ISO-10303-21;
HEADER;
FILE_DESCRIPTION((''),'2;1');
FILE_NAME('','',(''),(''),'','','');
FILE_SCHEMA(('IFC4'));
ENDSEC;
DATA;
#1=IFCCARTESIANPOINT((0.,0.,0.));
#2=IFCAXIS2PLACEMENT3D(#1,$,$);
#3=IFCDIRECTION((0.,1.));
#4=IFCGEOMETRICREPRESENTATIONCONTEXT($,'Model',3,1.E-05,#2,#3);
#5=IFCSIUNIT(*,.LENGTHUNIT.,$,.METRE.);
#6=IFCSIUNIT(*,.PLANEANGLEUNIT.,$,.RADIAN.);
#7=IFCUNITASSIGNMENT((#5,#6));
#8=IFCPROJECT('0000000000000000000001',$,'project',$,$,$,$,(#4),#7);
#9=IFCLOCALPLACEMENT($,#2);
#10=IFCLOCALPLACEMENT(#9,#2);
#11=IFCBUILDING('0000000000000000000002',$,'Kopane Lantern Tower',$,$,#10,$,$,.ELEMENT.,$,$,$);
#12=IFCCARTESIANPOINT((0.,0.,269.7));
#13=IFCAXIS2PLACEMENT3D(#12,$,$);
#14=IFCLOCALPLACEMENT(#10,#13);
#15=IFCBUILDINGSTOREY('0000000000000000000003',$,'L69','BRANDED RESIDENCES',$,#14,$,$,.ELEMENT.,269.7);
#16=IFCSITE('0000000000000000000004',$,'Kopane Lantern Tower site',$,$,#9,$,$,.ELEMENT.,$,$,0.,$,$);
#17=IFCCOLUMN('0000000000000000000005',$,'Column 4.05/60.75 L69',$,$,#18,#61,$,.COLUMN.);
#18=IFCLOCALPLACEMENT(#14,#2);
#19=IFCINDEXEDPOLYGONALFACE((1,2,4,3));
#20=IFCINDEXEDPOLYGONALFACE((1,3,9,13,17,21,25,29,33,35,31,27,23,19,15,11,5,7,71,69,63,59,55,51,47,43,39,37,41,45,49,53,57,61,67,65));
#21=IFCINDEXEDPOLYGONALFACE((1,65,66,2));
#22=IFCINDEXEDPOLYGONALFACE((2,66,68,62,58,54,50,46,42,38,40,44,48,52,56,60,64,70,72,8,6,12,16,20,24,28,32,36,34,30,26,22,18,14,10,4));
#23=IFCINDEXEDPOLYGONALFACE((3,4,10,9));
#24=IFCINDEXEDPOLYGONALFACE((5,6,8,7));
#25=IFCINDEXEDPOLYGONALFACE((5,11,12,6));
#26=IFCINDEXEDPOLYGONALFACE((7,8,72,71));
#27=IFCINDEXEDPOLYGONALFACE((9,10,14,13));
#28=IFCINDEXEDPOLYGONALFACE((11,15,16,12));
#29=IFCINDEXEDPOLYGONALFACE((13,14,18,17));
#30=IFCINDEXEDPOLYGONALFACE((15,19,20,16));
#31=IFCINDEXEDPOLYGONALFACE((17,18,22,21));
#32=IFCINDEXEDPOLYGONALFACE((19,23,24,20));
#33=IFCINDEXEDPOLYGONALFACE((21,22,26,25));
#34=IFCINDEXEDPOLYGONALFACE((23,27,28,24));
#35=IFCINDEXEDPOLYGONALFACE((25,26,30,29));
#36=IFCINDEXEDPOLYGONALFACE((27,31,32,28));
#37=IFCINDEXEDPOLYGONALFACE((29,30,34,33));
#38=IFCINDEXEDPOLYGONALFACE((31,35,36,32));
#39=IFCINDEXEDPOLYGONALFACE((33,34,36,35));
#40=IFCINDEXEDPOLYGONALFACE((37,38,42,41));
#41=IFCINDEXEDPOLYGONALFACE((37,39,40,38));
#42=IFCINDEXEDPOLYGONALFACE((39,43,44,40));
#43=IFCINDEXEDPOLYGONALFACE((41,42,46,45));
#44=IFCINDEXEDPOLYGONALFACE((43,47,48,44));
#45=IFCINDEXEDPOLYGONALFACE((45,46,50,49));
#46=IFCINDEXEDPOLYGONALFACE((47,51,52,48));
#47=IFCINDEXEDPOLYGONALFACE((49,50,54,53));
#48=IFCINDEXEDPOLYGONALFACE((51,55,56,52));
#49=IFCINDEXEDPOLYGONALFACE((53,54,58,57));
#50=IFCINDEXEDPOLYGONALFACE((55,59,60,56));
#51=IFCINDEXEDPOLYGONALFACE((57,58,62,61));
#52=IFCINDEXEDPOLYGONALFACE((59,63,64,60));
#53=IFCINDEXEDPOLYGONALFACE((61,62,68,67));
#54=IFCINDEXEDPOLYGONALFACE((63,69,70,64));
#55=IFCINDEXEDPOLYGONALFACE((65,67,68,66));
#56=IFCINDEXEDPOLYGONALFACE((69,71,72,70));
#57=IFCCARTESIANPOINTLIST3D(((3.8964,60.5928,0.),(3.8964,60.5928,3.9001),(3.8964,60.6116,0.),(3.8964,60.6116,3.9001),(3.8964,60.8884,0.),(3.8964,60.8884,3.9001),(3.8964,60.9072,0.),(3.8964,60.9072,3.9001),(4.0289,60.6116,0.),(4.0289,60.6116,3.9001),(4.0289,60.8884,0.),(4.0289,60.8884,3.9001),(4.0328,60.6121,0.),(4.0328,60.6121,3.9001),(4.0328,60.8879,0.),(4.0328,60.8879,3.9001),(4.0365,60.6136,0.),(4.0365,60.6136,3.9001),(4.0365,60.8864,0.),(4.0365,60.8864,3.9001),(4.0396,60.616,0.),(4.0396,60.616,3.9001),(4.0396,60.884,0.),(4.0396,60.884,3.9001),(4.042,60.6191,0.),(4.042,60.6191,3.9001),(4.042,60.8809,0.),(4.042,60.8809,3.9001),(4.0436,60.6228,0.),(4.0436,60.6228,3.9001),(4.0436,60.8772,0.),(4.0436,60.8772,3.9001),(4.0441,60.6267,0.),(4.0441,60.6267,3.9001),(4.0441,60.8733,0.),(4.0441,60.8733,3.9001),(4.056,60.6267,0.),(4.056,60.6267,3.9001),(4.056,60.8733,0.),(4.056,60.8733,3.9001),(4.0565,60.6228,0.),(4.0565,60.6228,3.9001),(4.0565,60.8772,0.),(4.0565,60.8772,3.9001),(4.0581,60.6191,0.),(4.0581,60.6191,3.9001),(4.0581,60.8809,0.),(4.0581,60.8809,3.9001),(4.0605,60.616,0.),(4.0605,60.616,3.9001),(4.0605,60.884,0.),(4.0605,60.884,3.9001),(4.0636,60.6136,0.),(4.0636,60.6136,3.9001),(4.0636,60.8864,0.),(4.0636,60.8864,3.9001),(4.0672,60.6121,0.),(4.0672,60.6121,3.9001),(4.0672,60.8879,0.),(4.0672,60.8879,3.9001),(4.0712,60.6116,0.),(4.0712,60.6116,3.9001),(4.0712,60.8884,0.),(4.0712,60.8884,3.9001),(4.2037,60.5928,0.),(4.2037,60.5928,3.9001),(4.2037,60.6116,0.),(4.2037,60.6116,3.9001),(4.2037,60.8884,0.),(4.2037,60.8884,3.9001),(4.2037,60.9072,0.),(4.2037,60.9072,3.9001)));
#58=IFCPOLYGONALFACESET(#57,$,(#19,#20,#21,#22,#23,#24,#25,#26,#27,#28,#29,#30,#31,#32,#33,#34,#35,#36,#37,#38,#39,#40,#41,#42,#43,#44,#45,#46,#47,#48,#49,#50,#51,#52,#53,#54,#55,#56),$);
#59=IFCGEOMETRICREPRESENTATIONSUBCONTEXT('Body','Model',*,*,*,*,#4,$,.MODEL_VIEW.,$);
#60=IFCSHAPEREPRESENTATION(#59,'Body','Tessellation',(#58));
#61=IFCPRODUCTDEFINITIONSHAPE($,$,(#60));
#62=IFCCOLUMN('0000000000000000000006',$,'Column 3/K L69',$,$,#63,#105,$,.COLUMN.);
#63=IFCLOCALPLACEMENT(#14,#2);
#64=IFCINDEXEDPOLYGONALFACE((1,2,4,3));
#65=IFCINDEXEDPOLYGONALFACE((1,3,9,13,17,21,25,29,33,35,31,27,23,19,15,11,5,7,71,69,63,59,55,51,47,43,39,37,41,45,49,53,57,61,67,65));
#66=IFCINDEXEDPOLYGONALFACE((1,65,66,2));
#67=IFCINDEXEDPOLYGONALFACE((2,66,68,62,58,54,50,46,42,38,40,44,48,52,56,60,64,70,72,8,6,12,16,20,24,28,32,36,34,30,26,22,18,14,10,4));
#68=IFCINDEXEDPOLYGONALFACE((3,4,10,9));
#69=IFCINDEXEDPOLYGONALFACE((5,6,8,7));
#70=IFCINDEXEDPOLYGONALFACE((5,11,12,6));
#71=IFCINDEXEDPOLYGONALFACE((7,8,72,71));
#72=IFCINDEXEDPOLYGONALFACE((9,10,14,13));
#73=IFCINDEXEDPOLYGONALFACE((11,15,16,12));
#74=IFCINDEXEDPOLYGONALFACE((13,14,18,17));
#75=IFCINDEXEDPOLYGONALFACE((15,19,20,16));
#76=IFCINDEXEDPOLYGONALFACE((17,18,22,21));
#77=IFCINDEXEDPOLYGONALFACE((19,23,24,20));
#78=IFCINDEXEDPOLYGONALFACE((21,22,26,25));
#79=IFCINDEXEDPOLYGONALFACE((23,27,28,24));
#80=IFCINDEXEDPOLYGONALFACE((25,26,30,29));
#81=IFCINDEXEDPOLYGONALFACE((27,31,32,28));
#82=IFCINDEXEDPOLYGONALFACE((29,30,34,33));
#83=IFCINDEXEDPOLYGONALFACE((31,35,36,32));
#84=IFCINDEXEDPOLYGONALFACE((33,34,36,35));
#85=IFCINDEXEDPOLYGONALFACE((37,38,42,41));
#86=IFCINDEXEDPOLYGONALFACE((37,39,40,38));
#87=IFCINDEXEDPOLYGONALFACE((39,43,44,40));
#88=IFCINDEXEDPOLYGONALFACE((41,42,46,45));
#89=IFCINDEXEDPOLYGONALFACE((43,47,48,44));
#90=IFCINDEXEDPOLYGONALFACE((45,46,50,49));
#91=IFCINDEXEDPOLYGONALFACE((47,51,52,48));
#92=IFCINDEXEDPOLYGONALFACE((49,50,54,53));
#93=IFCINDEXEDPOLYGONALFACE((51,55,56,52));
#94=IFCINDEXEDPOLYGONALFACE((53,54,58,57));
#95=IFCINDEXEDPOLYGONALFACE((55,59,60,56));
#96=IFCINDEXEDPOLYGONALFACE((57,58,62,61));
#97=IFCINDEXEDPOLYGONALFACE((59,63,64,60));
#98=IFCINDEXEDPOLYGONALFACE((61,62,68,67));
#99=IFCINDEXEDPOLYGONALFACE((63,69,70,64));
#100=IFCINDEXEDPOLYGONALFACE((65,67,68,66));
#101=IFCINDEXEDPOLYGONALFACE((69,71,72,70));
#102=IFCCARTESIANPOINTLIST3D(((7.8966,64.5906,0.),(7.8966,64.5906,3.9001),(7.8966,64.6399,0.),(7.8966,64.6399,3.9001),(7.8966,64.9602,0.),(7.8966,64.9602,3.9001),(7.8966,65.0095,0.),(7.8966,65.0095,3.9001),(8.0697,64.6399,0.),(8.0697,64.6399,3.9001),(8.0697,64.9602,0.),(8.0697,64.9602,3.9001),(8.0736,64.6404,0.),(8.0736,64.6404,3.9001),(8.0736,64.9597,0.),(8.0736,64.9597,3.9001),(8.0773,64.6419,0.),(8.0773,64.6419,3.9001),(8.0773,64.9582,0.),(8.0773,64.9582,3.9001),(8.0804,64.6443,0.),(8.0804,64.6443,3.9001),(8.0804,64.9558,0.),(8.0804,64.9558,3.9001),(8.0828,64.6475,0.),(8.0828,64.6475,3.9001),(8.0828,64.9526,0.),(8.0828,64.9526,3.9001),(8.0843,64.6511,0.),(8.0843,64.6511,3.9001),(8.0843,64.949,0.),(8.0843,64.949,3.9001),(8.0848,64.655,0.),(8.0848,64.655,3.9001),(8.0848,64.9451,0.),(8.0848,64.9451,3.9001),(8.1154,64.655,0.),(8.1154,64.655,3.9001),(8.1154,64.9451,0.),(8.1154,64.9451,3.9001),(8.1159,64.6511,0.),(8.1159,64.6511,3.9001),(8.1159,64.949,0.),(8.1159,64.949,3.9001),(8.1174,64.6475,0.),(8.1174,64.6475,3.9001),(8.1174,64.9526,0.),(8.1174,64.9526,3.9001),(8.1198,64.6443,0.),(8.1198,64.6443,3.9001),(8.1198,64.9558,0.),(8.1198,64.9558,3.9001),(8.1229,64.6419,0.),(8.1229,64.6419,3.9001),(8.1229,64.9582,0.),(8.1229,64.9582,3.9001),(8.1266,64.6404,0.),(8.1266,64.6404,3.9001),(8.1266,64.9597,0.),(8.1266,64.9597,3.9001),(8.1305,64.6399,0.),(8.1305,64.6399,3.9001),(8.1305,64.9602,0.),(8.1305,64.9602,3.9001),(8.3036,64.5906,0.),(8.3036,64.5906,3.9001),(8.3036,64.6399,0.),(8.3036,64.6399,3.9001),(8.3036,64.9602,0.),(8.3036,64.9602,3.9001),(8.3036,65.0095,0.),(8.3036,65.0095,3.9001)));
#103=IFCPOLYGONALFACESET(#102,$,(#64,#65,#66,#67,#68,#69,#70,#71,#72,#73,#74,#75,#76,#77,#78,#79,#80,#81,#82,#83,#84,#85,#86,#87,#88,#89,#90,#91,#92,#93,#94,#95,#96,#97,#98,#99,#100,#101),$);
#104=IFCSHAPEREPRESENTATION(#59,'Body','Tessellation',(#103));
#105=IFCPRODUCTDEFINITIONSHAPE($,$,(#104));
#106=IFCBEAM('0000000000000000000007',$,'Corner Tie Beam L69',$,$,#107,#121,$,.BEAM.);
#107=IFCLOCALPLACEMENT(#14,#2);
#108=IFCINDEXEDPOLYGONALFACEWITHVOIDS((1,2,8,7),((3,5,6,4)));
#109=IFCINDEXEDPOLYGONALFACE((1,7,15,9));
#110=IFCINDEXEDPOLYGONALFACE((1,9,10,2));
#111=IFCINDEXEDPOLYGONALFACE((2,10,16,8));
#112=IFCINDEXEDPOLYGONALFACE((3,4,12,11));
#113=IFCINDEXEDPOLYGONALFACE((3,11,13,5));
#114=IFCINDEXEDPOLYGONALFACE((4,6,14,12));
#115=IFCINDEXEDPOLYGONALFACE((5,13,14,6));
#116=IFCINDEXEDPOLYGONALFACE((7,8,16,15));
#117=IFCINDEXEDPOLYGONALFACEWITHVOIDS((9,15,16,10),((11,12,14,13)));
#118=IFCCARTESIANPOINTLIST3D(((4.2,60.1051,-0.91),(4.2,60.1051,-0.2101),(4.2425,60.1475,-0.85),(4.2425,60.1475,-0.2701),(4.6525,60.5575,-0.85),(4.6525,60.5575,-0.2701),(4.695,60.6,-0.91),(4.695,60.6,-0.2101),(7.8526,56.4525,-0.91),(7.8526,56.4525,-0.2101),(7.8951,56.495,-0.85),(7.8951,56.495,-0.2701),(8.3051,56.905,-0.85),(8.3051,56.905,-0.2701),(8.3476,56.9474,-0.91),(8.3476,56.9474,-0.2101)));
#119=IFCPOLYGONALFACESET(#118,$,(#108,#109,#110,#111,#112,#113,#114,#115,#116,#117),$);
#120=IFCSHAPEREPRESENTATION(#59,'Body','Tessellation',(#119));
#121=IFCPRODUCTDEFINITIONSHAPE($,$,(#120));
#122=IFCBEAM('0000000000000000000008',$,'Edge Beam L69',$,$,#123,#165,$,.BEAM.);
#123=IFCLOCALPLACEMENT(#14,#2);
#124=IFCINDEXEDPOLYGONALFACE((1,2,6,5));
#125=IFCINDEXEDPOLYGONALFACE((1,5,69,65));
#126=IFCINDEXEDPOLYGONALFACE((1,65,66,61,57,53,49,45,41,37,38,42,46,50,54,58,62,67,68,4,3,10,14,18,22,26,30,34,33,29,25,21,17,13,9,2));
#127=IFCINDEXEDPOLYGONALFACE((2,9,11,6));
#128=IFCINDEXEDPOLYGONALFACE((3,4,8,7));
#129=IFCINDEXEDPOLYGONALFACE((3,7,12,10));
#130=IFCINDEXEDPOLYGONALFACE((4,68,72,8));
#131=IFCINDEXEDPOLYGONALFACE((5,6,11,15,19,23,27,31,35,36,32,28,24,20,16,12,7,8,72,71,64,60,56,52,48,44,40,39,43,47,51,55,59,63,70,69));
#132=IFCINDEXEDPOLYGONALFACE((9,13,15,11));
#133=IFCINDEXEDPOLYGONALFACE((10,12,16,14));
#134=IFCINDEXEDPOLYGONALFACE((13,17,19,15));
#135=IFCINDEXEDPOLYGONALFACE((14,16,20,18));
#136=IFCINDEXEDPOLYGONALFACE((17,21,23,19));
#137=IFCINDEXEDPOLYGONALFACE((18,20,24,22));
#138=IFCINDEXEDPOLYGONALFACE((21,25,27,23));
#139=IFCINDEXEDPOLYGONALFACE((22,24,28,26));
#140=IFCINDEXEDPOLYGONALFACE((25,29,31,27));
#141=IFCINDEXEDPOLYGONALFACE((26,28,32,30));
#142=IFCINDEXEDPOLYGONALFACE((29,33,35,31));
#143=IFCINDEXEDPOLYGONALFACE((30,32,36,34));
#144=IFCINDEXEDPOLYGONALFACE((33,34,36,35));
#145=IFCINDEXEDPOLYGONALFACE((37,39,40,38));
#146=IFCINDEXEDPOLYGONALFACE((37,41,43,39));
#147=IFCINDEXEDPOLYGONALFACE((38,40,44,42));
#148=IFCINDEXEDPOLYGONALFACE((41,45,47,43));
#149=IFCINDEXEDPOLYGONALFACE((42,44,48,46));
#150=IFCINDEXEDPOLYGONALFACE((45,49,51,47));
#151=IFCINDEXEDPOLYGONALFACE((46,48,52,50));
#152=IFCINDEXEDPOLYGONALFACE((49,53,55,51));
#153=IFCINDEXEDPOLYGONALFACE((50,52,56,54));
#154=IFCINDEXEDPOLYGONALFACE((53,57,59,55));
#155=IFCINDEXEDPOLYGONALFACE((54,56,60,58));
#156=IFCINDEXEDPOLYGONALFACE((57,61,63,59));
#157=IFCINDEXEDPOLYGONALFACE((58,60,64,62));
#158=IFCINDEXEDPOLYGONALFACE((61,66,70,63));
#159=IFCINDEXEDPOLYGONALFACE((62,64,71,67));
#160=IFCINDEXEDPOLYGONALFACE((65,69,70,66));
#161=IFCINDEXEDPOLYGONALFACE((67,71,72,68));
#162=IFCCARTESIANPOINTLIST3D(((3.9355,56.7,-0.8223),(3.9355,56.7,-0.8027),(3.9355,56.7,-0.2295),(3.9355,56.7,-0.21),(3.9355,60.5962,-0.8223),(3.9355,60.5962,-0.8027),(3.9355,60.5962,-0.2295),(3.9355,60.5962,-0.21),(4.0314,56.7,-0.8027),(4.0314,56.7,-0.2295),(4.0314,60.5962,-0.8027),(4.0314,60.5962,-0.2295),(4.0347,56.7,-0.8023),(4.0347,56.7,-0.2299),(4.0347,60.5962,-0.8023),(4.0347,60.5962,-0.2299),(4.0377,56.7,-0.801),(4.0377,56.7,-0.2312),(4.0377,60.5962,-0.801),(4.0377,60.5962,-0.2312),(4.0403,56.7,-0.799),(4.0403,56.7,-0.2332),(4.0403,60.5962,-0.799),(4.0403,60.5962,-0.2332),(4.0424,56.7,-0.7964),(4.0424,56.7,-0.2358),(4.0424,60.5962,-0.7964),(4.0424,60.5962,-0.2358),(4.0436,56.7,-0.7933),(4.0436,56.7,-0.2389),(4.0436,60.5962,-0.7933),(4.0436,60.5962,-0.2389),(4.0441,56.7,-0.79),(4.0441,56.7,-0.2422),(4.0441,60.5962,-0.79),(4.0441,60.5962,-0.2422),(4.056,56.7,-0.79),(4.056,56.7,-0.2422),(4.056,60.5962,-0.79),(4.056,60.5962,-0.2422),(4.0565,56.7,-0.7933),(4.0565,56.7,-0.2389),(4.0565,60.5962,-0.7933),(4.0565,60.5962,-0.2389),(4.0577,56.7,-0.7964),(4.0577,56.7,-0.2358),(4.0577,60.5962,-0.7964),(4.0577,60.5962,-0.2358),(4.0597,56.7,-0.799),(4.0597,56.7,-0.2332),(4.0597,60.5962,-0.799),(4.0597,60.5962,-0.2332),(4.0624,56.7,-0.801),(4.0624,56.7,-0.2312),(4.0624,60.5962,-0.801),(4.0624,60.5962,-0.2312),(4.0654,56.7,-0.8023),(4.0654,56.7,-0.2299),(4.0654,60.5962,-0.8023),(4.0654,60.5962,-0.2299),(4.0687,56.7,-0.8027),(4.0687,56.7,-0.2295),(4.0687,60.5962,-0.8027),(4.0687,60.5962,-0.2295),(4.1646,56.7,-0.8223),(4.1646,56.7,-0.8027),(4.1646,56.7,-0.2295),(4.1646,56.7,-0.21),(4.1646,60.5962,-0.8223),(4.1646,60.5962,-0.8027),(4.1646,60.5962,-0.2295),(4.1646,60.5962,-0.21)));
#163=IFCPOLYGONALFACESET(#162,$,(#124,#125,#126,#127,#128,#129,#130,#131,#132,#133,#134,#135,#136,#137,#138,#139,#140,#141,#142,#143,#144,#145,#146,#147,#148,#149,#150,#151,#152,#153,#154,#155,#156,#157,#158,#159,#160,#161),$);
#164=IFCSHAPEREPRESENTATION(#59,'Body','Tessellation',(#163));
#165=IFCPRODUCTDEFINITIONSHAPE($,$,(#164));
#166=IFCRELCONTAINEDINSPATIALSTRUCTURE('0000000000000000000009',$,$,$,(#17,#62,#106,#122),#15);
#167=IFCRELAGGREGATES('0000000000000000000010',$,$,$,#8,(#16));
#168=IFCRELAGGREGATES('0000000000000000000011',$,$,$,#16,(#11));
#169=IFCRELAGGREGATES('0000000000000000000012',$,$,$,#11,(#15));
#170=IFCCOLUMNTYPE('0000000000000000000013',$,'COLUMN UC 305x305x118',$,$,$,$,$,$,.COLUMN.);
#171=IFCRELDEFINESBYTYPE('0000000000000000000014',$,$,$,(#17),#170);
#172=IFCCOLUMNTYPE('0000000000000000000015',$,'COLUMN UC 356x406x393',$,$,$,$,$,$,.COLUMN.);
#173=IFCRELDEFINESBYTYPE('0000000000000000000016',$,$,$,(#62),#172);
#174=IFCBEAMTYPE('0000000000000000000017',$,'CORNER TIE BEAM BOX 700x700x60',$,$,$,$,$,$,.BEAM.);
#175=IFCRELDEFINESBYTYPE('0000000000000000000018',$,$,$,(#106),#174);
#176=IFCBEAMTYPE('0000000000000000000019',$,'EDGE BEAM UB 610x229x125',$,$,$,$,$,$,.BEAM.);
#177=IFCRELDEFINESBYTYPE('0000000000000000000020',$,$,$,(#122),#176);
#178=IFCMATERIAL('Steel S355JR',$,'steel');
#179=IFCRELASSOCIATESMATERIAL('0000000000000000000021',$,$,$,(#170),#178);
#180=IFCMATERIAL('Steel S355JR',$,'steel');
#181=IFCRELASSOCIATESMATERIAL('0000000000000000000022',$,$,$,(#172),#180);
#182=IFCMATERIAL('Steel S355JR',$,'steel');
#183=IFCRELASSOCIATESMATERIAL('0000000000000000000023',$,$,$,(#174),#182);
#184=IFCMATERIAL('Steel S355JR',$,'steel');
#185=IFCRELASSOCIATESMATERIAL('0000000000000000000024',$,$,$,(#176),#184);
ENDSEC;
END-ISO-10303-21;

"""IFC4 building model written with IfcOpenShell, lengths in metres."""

from ifc_helpers import new_model, si_unit, direction, frame, origin, origin_2d, place, context, subcontext, project, spatial, hollow_rectangle, i_section, extrude, material, material_profile, profile_set, type_object, element, save


model = new_model("IFC4")

# Units and contexts
model_context = context("Model", 3, precision=1e-05, world=origin(), true_north=direction((0.0, 1.0)))
body_context = subcontext(model_context, "Body", "Model", "MODEL_VIEW")
ifc_project = project(units=[si_unit("LENGTHUNIT", "METRE"), si_unit("PLANEANGLEUNIT", "RADIAN")], contexts=[model_context])

# Site, building, storey
site_placement = place(None, origin())
site = spatial("IfcSite", under=ifc_project, at=site_placement, Name="Kopane Lantern Tower site", CompositionType="ELEMENT", RefElevation=0.0)
building_placement = place(site_placement, origin())
building = spatial("IfcBuilding", under=site, at=building_placement, Name="Kopane Lantern Tower", CompositionType="ELEMENT")
storey_placement = place(building_placement, frame((0.0, 0.0, 269.7)))
storey = spatial("IfcBuildingStorey", under=building, at=storey_placement, Name="L69", Description="BRANDED RESIDENCES", CompositionType="ELEMENT", Elevation=269.7)

# Columns
ifc_material_1 = material(Name="Steel S355JR", Category="steel")
ifc_material_profile_1 = material_profile(ifc_material_1, i_section(OverallWidth=0.3074, OverallDepth=0.3145, WebThickness=0.012, FlangeThickness=0.0188, FilletRadius=0.0151, at=origin_2d()), Name="UC 305x305x118")
ifc_profile_set_1 = profile_set([ifc_material_profile_1], Name="Steel S355JR")
column_type_1 = type_object("IfcColumnType", Name="COLUMN UC 305x305x118", PredefinedType="COLUMN", material=ifc_profile_set_1)
column_1_placement = place(storey_placement, frame((4.05, 60.75, 0.0), z_axis=(0.0, 0.0, 1.0), x_axis=(1.0, 0.0, 0.0)))
element("IfcColumn", 1, at=column_1_placement, inside=storey, type_object=column_type_1, Name="Column 4.05/60.75 L69", PredefinedType="COLUMN", context=body_context, shape_type="SweptSolid", body=[
    extrude(i_section(OverallWidth=0.3074, OverallDepth=0.3145, WebThickness=0.012, FlangeThickness=0.0188, FilletRadius=0.0151, at=origin_2d()), origin(), (0.0, 0.0, 1.0), 3.9001),
])
ifc_material_2 = material(Name="Steel S355JR", Category="steel")
ifc_material_profile_2 = material_profile(ifc_material_2, i_section(OverallWidth=0.407, OverallDepth=0.4189, WebThickness=0.0305, FlangeThickness=0.0493, FilletRadius=0.0151, at=origin_2d()), Name="UC 356x406x393")
ifc_profile_set_2 = profile_set([ifc_material_profile_2], Name="Steel S355JR")
column_type_2 = type_object("IfcColumnType", Name="COLUMN UC 356x406x393", PredefinedType="COLUMN", material=ifc_profile_set_2)
column_2_placement = place(storey_placement, frame((8.1001, 64.8, 0.0), z_axis=(0.0, 0.0, 1.0), x_axis=(1.0, 0.0, 0.0)))
element("IfcColumn", 2, at=column_2_placement, inside=storey, type_object=column_type_2, Name="Column 3/K L69", PredefinedType="COLUMN", context=body_context, shape_type="SweptSolid", body=[
    extrude(i_section(OverallWidth=0.407, OverallDepth=0.4189, WebThickness=0.0305, FlangeThickness=0.0493, FilletRadius=0.0151, at=origin_2d()), origin(), (0.0, 0.0, 1.0), 3.9001),
])

# Beams
ifc_material_3 = material(Name="Steel S355JR", Category="steel")
ifc_material_profile_3 = material_profile(ifc_material_3, hollow_rectangle(XDim=0.7, YDim=0.7, WallThickness=0.0601, at=origin_2d()), Name="BOX 700x700x60")
ifc_profile_set_3 = profile_set([ifc_material_profile_3], Name="Steel S355JR")
beam_type_1 = type_object("IfcBeamType", Name="CORNER TIE BEAM BOX 700x700x60", PredefinedType="BEAM", material=ifc_profile_set_3)
beam_1_placement = place(storey_placement, frame((4.4475, 60.3525, -0.5601), z_axis=(0.707107, -0.707107, 0.0), x_axis=(0.707107, 0.707107, 0.0)))
element("IfcBeam", 3, at=beam_1_placement, inside=storey, type_object=beam_type_1, Name="Corner Tie Beam L69", PredefinedType="BEAM", context=body_context, shape_type="SweptSolid", body=[
    extrude(hollow_rectangle(XDim=0.7, YDim=0.7, WallThickness=0.0601, at=origin_2d()), origin(), (0.0, 0.0, 1.0), 5.1655),
])
ifc_material_4 = material(Name="Steel S355JR", Category="steel")
ifc_material_profile_4 = material_profile(ifc_material_4, i_section(OverallWidth=0.229, OverallDepth=0.6123, WebThickness=0.012, FlangeThickness=0.0195, FilletRadius=0.0127, at=origin_2d()), Name="UB 610x229x125")
ifc_profile_set_4 = profile_set([ifc_material_profile_4], Name="Steel S355JR")
beam_type_2 = type_object("IfcBeamType", Name="EDGE BEAM UB 610x229x125", PredefinedType="BEAM", material=ifc_profile_set_4)
beam_2_placement = place(storey_placement, frame((4.05, 60.5962, -0.5161), z_axis=(0.0, -1.0, 0.0), x_axis=(1.0, 0.0, 0.0)))
element("IfcBeam", 4, at=beam_2_placement, inside=storey, type_object=beam_type_2, Name="Edge Beam L69", PredefinedType="BEAM", context=body_context, shape_type="SweptSolid", body=[
    extrude(i_section(OverallWidth=0.229, OverallDepth=0.6123, WebThickness=0.012, FlangeThickness=0.0195, FilletRadius=0.0127, at=origin_2d()), origin(), (0.0, 0.0, 1.0), 3.8962),
])

save(model, "model.ifc")
